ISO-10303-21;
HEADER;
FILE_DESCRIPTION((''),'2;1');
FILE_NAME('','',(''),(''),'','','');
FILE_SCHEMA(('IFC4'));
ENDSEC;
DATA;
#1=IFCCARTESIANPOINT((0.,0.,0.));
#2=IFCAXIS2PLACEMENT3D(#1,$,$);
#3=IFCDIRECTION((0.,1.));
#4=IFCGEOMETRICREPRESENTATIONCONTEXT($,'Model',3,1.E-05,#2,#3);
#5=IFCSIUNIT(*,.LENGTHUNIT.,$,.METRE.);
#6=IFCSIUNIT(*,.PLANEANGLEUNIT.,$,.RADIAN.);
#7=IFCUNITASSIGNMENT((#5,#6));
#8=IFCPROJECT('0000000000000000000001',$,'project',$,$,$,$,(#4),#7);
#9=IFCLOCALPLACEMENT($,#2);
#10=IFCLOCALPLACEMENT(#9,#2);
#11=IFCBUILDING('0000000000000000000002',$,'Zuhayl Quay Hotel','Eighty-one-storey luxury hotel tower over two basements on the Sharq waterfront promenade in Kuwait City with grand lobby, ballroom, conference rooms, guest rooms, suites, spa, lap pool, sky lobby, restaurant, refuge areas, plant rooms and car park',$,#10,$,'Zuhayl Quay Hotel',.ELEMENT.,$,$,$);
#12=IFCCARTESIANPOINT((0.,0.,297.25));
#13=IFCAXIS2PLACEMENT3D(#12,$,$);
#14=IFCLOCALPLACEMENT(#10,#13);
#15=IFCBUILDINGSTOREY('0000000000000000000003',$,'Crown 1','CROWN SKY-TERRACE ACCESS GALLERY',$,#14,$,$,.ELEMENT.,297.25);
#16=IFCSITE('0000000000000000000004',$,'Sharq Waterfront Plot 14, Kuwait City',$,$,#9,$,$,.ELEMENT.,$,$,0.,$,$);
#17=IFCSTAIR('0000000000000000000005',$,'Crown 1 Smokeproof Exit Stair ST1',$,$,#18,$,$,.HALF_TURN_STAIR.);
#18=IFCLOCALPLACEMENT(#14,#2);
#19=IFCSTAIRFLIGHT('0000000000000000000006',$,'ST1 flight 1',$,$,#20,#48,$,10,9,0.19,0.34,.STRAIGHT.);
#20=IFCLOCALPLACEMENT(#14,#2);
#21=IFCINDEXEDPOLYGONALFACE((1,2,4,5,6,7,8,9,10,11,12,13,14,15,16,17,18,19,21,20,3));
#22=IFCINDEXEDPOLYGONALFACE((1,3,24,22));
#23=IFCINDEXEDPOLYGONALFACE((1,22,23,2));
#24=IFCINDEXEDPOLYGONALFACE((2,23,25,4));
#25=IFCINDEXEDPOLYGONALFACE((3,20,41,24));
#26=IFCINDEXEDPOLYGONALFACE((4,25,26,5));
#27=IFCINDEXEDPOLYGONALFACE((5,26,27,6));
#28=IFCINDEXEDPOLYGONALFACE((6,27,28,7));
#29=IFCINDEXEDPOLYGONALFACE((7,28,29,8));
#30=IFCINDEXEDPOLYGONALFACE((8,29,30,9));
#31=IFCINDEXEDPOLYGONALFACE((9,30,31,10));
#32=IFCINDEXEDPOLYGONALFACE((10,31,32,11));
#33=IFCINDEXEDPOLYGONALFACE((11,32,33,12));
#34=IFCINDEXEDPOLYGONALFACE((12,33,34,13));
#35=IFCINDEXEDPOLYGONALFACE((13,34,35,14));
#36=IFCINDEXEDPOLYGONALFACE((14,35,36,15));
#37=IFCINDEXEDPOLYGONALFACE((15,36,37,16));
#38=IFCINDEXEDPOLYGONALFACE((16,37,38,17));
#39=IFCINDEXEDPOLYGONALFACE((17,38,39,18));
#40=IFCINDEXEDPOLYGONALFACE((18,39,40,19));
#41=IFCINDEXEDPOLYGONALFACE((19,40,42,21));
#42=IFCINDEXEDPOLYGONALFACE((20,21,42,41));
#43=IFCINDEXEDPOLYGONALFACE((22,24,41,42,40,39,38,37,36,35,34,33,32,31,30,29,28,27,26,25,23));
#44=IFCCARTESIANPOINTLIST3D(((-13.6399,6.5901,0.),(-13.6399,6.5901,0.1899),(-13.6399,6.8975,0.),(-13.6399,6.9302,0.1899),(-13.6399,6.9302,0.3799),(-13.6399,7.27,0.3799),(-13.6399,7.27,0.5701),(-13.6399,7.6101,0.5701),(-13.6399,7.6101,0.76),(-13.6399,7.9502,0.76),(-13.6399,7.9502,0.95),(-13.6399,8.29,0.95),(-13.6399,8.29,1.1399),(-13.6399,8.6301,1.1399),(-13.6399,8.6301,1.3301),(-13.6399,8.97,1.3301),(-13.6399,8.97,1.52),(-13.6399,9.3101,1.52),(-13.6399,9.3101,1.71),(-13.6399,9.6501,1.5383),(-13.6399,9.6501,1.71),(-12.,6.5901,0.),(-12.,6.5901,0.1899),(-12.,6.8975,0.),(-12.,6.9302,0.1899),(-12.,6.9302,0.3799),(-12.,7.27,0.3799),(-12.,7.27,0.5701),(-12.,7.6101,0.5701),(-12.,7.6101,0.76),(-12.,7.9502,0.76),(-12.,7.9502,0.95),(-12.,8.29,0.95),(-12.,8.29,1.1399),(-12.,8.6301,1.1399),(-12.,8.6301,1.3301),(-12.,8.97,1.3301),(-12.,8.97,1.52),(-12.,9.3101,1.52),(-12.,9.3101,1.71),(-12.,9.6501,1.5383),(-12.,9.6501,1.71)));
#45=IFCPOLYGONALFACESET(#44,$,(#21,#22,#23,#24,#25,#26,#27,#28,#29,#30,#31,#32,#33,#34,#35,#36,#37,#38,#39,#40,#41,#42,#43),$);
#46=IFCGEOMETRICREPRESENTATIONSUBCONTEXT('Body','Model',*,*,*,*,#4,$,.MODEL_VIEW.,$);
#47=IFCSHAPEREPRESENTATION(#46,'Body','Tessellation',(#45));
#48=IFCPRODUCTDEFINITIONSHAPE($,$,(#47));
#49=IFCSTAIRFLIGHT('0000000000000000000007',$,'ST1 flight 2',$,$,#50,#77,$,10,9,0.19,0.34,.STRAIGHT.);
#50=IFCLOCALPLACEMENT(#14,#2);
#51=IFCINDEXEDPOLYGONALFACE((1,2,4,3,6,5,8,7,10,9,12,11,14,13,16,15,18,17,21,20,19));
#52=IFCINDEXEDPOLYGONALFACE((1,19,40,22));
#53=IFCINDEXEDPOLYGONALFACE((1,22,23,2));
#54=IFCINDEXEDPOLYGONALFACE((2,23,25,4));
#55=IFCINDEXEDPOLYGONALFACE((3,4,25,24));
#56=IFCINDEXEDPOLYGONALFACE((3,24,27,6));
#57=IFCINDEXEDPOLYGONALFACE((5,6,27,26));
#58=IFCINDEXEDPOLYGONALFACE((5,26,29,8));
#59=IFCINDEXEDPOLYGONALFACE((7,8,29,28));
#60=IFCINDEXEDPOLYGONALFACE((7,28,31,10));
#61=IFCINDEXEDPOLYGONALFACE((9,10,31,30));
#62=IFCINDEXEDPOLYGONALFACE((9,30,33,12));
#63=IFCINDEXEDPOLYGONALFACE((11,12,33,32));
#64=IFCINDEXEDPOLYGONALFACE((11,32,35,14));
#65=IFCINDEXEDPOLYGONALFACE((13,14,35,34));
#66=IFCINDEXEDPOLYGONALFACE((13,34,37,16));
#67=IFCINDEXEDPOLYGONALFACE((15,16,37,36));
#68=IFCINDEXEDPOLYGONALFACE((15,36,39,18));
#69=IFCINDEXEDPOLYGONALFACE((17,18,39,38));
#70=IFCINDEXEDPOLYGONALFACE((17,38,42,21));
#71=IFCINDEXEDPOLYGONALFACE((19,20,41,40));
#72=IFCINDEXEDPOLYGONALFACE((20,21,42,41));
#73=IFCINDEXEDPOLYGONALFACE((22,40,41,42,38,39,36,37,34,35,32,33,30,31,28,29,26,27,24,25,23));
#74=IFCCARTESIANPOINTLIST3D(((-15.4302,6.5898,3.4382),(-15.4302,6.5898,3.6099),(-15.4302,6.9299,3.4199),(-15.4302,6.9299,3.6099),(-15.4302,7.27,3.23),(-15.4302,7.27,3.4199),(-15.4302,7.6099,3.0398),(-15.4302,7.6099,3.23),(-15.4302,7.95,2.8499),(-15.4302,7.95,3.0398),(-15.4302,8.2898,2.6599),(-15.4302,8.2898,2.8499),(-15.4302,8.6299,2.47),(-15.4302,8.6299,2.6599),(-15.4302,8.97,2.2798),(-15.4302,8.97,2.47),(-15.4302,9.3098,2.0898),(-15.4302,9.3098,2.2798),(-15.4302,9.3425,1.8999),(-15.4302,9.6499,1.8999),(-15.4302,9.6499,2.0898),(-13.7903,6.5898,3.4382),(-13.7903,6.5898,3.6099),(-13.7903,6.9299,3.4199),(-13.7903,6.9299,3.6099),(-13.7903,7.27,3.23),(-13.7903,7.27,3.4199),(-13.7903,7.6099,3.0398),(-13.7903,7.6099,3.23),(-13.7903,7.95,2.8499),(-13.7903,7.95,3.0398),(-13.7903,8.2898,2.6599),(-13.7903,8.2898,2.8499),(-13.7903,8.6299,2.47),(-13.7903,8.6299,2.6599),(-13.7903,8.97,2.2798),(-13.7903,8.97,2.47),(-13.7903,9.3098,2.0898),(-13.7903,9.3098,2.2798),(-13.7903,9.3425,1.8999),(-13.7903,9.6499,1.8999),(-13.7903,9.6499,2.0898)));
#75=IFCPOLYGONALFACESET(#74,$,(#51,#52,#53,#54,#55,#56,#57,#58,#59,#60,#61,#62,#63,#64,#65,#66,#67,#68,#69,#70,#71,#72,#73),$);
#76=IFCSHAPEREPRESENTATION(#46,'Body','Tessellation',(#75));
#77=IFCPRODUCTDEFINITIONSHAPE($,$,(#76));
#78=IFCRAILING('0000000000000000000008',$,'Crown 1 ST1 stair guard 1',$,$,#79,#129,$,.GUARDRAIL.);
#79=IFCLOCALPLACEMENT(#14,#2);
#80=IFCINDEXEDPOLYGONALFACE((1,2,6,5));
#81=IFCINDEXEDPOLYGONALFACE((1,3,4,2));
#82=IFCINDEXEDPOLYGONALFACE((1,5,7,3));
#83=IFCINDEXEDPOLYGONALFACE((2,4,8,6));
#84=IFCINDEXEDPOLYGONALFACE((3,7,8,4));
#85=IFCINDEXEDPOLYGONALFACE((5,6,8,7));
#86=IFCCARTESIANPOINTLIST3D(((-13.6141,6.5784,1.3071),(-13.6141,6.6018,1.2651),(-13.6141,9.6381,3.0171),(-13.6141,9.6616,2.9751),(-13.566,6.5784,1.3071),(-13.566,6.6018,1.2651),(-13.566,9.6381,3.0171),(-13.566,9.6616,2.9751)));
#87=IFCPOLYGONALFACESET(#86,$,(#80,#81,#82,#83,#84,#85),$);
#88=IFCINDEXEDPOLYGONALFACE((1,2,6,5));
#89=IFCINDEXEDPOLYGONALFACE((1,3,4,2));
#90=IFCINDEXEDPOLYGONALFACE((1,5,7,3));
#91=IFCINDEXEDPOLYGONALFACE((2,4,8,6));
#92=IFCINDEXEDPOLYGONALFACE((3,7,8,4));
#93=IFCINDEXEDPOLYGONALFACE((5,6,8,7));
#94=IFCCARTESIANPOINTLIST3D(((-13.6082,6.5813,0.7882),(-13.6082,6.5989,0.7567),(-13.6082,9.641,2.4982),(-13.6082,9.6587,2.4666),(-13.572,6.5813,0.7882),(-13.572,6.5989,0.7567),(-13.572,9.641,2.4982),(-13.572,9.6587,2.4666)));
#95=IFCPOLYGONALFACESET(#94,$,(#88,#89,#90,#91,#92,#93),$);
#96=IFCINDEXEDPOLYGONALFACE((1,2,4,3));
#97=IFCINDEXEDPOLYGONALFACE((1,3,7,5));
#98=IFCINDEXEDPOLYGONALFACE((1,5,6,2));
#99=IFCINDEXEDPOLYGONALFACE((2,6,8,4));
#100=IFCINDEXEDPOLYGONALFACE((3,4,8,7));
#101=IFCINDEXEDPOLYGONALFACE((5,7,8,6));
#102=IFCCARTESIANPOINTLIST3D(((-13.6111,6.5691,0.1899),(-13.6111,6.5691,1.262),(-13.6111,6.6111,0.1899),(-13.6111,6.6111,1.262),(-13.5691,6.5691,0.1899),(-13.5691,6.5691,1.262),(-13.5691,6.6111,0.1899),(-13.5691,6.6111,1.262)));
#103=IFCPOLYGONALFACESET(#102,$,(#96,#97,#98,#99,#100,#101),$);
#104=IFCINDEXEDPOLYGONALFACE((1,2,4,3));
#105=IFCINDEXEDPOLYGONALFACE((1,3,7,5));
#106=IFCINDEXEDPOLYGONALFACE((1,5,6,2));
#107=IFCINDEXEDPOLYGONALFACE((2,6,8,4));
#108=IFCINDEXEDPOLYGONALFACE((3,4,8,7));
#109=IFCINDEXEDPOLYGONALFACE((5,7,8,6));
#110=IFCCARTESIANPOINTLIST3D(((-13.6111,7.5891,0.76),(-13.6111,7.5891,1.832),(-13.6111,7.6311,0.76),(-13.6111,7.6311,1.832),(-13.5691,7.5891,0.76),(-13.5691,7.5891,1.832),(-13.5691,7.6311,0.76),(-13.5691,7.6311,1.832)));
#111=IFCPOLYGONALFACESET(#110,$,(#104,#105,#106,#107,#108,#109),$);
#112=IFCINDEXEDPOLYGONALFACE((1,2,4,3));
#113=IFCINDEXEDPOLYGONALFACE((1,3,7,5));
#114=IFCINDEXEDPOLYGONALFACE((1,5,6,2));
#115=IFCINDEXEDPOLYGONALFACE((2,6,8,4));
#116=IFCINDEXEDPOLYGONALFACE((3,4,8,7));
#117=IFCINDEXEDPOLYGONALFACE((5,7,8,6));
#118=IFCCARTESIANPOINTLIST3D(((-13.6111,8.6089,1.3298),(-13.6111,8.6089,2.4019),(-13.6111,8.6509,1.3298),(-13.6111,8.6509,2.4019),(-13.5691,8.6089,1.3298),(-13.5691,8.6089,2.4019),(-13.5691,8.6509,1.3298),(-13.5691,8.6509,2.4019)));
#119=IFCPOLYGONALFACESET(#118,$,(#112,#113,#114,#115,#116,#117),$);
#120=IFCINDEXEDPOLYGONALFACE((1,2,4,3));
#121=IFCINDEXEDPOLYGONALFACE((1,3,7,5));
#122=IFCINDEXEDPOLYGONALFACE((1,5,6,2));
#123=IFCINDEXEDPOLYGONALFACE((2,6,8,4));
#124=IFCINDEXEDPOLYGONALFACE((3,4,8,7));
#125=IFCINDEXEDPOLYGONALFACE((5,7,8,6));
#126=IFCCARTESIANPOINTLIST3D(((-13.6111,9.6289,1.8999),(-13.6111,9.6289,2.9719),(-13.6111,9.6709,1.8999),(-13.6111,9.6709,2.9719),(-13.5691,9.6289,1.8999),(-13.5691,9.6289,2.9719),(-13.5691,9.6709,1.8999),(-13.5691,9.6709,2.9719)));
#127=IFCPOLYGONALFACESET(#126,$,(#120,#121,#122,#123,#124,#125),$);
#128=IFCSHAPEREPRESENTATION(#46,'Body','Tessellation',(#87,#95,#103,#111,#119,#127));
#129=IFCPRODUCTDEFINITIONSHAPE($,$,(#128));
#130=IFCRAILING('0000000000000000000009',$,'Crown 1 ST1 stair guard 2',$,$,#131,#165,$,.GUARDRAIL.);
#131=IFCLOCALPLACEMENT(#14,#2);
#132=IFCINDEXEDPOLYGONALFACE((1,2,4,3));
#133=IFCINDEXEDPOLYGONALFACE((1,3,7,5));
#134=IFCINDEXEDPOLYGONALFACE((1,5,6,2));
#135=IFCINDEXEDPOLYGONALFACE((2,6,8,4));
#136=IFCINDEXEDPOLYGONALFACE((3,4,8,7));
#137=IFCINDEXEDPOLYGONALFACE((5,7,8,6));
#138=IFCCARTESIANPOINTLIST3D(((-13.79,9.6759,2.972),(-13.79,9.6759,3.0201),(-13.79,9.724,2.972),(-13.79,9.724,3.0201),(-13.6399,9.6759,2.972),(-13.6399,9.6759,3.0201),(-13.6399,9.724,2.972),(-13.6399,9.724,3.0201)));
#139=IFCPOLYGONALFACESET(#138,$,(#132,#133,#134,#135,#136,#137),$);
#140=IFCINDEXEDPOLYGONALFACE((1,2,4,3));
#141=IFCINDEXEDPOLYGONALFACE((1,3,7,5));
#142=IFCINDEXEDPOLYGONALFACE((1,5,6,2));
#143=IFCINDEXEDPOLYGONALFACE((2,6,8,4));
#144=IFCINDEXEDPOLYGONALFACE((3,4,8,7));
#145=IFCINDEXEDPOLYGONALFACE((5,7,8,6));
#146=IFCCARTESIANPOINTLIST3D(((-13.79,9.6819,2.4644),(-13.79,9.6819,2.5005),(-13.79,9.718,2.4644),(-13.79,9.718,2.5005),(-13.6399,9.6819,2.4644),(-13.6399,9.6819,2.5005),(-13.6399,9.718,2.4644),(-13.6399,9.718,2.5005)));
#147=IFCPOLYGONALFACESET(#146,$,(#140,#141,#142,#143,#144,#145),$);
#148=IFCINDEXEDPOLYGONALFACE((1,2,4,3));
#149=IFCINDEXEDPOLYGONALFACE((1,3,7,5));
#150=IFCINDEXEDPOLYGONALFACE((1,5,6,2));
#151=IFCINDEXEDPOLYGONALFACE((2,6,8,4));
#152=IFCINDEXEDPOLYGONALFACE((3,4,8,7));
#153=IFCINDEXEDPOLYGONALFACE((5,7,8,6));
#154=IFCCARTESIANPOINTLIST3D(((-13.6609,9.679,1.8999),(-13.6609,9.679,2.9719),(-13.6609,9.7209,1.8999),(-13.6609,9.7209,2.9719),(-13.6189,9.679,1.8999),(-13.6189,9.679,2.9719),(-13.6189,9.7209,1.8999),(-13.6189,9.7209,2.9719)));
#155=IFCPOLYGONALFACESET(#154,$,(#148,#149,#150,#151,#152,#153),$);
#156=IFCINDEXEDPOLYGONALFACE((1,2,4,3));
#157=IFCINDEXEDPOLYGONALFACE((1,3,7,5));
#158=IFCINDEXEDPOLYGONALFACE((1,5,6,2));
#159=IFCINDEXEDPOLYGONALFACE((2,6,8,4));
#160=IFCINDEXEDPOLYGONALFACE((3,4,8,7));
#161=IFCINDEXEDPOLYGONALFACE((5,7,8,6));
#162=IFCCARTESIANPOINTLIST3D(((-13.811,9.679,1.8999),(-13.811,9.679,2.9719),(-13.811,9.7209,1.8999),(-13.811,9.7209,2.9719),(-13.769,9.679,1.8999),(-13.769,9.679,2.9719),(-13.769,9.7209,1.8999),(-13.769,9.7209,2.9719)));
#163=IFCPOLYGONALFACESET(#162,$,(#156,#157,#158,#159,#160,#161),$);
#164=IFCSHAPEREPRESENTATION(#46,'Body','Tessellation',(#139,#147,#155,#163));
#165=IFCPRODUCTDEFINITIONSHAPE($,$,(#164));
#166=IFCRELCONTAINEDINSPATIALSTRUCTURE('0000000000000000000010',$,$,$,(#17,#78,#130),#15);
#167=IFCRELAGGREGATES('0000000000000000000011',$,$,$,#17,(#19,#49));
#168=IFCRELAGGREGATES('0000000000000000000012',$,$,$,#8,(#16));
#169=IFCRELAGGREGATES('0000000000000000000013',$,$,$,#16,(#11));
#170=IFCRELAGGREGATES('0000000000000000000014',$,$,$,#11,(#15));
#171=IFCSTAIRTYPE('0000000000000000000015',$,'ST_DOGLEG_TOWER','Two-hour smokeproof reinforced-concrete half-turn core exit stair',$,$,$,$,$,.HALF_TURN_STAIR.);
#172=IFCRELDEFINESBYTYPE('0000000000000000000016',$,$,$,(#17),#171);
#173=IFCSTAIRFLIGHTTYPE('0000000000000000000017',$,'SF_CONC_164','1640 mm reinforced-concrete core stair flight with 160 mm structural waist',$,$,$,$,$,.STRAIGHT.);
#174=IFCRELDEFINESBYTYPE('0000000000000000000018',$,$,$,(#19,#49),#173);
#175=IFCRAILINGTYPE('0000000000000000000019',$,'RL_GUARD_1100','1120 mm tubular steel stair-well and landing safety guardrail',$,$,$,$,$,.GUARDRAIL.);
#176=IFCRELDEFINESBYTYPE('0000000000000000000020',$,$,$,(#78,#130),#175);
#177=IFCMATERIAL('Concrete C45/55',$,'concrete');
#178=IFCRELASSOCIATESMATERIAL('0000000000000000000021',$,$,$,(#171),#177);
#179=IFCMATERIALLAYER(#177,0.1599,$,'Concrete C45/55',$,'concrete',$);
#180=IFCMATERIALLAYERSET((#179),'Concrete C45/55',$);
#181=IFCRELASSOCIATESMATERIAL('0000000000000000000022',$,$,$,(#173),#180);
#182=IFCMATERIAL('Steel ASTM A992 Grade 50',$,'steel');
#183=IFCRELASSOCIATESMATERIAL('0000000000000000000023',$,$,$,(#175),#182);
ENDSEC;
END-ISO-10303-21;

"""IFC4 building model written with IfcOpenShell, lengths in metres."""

from ifc_helpers import new_model, si_unit, direction, frame, origin, origin_2d, place, context, subcontext, project, spatial, polyline, rectangle, outline, extrude, material, layer, layer_set, type_object, element, aggregate, save


model = new_model("IFC4")

# Units and contexts
model_context = context("Model", 3, precision=1e-05, world=origin(), true_north=direction((0.0, 1.0)))
body_context = subcontext(model_context, "Body", "Model", "MODEL_VIEW")
ifc_project = project(units=[si_unit("LENGTHUNIT", "METRE"), si_unit("PLANEANGLEUNIT", "RADIAN")], contexts=[model_context])

# Site, building, storey
site_placement = place(None, origin())
site = spatial("IfcSite", under=ifc_project, at=site_placement, Name="Sharq Waterfront Plot 14, Kuwait City", CompositionType="ELEMENT", RefElevation=0.0)
building_placement = place(site_placement, origin())
building = spatial("IfcBuilding", under=site, at=building_placement, Name="Zuhayl Quay Hotel", Description="Eighty-one-storey luxury hotel tower over two basements on the Sharq waterfront promenade in Kuwait City with grand lobby, ballroom, conference rooms, guest rooms, suites, spa, lap pool, sky lobby, restaurant, refuge areas, plant rooms and car park", LongName="Zuhayl Quay Hotel", CompositionType="ELEMENT")
storey_placement = place(building_placement, frame((0.0, 0.0, 297.25)))
storey = spatial("IfcBuildingStorey", under=building, at=storey_placement, Name="Crown 1", Description="CROWN SKY-TERRACE ACCESS GALLERY", CompositionType="ELEMENT", Elevation=297.25)

# Shared definitions
ifc_material_1 = material(Name="Steel ASTM A992 Grade 50", Category="steel")

# Stair, stair flights
ifc_material_2 = material(Name="Concrete C45/55", Category="concrete")
stair_type = type_object("IfcStairType", Name="ST_DOGLEG_TOWER", Description="Two-hour smokeproof reinforced-concrete half-turn core exit stair", PredefinedType="HALF_TURN_STAIR", material=ifc_material_2)
stair_placement = place(storey_placement, origin())
stair = element("IfcStair", 1, at=stair_placement, inside=storey, type_object=stair_type, Name="Crown 1 Smokeproof Exit Stair ST1", PredefinedType="HALF_TURN_STAIR")
ifc_layer_1 = layer(ifc_material_2, 0.1599, Name="Concrete C45/55", Category="concrete")
ifc_layer_set_1 = layer_set([ifc_layer_1], Name="Concrete C45/55")
stair_flight_type = type_object("IfcStairFlightType", Name="SF_CONC_164", Description="1640 mm reinforced-concrete core stair flight with 160 mm structural waist", PredefinedType="STRAIGHT", material=ifc_layer_set_1)
stair_flight_1_placement = place(storey_placement, frame((-12.8201, 6.5901, 0.0), z_axis=(0.0, 0.0, 1.0), x_axis=(0.0, 1.0, 0.0)))
stair_flight_1 = element("IfcStairFlight", 2, at=stair_flight_1_placement, type_object=stair_flight_type, Name="ST1 flight 1", NumberOfRisers=10, NumberOfTreads=9, PredefinedType="STRAIGHT", RiserHeight=0.19, TreadLength=0.34, context=body_context, shape_type="SweptSolid", body=[
    extrude(outline(polyline([(0.0, 0.0), (0.0, 0.1899), (0.3401, 0.1899), (0.3401, 0.3799), (0.6799, 0.3799), (0.6799, 0.5701), (1.02, 0.5701), (1.02, 0.76), (1.3601, 0.76), (1.3601, 0.95), (1.7, 0.95), (1.7, 1.1399), (2.04, 1.1399), (2.04, 1.3301), (2.3799, 1.3301), (2.3799, 1.52), (2.72, 1.52), (2.72, 1.71), (3.0601, 1.71), (3.0601, 1.8999), (3.0601, 1.5383), (0.3074, 0.0), (0.0, 0.0)])), frame((0.0, 0.8198, 0.0), z_axis=(0.0, -1.0, 0.0), x_axis=(1.0, 0.0, 0.0)), (0.0, 0.0, 1.0), 1.6399),
])
stair_flight_2_placement = place(storey_placement, frame((-14.6101, 9.6499, 1.8999), z_axis=(0.0, 0.0, 1.0), x_axis=(0.0, -1.0, 0.0)))
stair_flight_2 = element("IfcStairFlight", 3, at=stair_flight_2_placement, type_object=stair_flight_type, Name="ST1 flight 2", NumberOfRisers=10, NumberOfTreads=9, PredefinedType="STRAIGHT", RiserHeight=0.19, TreadLength=0.34, context=body_context, shape_type="SweptSolid", body=[
    extrude(outline(polyline([(0.0, 0.0), (0.0, 0.1899), (0.3401, 0.1899), (0.3401, 0.3799), (0.6799, 0.3799), (0.6799, 0.5701), (1.02, 0.5701), (1.02, 0.76), (1.3601, 0.76), (1.3601, 0.95), (1.7, 0.95), (1.7, 1.1399), (2.04, 1.1399), (2.04, 1.3301), (2.3799, 1.3301), (2.3799, 1.52), (2.72, 1.52), (2.72, 1.71), (3.0601, 1.71), (3.0601, 1.8999), (3.0601, 1.5383), (0.3074, 0.0), (0.0, 0.0)])), frame((0.0, 0.8198, 0.0), z_axis=(0.0, -1.0, 0.0), x_axis=(1.0, 0.0, 0.0)), (0.0, 0.0, 1.0), 1.6399),
])
aggregate(stair, [stair_flight_1, stair_flight_2])

# Railings
railing_type_1 = type_object("IfcRailingType", Name="RL_GUARD_1100", Description="1120 mm tubular steel stair-well and landing safety guardrail", PredefinedType="GUARDRAIL", material=ifc_material_1)
railing_1_placement = place(storey_placement, frame((-13.5901, 6.5901, 0.1899)))
element("IfcRailing", 4, at=railing_1_placement, inside=storey, type_object=railing_type_1, Name="Crown 1 ST1 stair guard 1", PredefinedType="GUARDRAIL", context=body_context, shape_type="SweptSolid", body=[
    extrude(rectangle(XDim=0.0481, YDim=0.0481, at=origin_2d()), frame((0.0, 0.0, 1.0962), z_axis=(0.0, 0.872936, 0.487835), x_axis=(-1.0, 0.0, 0.0)), (0.0, 0.0, 1.0), 3.5051),
    extrude(rectangle(XDim=0.0361, YDim=0.0361, at=origin_2d()), frame((0.0, 0.0, 0.5825), z_axis=(0.0, 0.872936, 0.487835), x_axis=(-1.0, 0.0, 0.0)), (0.0, 0.0, 1.0), 3.5051),
    extrude(rectangle(XDim=0.042, YDim=0.042, at=origin_2d()), origin(), (0.0, 0.0, 1.0), 1.072),
    extrude(rectangle(XDim=0.042, YDim=0.042, at=origin_2d()), frame((0.0, 1.02, 0.5701)), (0.0, 0.0, 1.0), 1.072),
    extrude(rectangle(XDim=0.042, YDim=0.042, at=origin_2d()), frame((0.0, 2.0398, 1.1399)), (0.0, 0.0, 1.0), 1.072),
    extrude(rectangle(XDim=0.042, YDim=0.042, at=origin_2d()), frame((0.0, 3.0598, 1.71)), (0.0, 0.0, 1.0), 1.072),
])
railing_2_placement = place(storey_placement, frame((-13.6399, 9.7, 1.8999)))
element("IfcRailing", 5, at=railing_2_placement, inside=storey, type_object=railing_type_1, Name="Crown 1 ST1 stair guard 2", PredefinedType="GUARDRAIL", context=body_context, shape_type="SweptSolid", body=[
    extrude(rectangle(XDim=0.0481, YDim=0.0481, at=origin_2d()), frame((0.0, 0.0, 1.0962), z_axis=(-1.0, 0.0, 0.0), x_axis=(0.0, -1.0, 0.0)), (0.0, 0.0, 1.0), 0.1501),
    extrude(rectangle(XDim=0.0361, YDim=0.0361, at=origin_2d()), frame((0.0, 0.0, 0.5825), z_axis=(-1.0, 0.0, 0.0), x_axis=(0.0, -1.0, 0.0)), (0.0, 0.0, 1.0), 0.1501),
    extrude(rectangle(XDim=0.042, YDim=0.042, at=origin_2d()), origin(), (0.0, 0.0, 1.0), 1.072),
    extrude(rectangle(XDim=0.042, YDim=0.042, at=origin_2d()), frame((-0.1501, 0.0, 0.0)), (0.0, 0.0, 1.0), 1.072),
])

save(model, "model.ifc")
